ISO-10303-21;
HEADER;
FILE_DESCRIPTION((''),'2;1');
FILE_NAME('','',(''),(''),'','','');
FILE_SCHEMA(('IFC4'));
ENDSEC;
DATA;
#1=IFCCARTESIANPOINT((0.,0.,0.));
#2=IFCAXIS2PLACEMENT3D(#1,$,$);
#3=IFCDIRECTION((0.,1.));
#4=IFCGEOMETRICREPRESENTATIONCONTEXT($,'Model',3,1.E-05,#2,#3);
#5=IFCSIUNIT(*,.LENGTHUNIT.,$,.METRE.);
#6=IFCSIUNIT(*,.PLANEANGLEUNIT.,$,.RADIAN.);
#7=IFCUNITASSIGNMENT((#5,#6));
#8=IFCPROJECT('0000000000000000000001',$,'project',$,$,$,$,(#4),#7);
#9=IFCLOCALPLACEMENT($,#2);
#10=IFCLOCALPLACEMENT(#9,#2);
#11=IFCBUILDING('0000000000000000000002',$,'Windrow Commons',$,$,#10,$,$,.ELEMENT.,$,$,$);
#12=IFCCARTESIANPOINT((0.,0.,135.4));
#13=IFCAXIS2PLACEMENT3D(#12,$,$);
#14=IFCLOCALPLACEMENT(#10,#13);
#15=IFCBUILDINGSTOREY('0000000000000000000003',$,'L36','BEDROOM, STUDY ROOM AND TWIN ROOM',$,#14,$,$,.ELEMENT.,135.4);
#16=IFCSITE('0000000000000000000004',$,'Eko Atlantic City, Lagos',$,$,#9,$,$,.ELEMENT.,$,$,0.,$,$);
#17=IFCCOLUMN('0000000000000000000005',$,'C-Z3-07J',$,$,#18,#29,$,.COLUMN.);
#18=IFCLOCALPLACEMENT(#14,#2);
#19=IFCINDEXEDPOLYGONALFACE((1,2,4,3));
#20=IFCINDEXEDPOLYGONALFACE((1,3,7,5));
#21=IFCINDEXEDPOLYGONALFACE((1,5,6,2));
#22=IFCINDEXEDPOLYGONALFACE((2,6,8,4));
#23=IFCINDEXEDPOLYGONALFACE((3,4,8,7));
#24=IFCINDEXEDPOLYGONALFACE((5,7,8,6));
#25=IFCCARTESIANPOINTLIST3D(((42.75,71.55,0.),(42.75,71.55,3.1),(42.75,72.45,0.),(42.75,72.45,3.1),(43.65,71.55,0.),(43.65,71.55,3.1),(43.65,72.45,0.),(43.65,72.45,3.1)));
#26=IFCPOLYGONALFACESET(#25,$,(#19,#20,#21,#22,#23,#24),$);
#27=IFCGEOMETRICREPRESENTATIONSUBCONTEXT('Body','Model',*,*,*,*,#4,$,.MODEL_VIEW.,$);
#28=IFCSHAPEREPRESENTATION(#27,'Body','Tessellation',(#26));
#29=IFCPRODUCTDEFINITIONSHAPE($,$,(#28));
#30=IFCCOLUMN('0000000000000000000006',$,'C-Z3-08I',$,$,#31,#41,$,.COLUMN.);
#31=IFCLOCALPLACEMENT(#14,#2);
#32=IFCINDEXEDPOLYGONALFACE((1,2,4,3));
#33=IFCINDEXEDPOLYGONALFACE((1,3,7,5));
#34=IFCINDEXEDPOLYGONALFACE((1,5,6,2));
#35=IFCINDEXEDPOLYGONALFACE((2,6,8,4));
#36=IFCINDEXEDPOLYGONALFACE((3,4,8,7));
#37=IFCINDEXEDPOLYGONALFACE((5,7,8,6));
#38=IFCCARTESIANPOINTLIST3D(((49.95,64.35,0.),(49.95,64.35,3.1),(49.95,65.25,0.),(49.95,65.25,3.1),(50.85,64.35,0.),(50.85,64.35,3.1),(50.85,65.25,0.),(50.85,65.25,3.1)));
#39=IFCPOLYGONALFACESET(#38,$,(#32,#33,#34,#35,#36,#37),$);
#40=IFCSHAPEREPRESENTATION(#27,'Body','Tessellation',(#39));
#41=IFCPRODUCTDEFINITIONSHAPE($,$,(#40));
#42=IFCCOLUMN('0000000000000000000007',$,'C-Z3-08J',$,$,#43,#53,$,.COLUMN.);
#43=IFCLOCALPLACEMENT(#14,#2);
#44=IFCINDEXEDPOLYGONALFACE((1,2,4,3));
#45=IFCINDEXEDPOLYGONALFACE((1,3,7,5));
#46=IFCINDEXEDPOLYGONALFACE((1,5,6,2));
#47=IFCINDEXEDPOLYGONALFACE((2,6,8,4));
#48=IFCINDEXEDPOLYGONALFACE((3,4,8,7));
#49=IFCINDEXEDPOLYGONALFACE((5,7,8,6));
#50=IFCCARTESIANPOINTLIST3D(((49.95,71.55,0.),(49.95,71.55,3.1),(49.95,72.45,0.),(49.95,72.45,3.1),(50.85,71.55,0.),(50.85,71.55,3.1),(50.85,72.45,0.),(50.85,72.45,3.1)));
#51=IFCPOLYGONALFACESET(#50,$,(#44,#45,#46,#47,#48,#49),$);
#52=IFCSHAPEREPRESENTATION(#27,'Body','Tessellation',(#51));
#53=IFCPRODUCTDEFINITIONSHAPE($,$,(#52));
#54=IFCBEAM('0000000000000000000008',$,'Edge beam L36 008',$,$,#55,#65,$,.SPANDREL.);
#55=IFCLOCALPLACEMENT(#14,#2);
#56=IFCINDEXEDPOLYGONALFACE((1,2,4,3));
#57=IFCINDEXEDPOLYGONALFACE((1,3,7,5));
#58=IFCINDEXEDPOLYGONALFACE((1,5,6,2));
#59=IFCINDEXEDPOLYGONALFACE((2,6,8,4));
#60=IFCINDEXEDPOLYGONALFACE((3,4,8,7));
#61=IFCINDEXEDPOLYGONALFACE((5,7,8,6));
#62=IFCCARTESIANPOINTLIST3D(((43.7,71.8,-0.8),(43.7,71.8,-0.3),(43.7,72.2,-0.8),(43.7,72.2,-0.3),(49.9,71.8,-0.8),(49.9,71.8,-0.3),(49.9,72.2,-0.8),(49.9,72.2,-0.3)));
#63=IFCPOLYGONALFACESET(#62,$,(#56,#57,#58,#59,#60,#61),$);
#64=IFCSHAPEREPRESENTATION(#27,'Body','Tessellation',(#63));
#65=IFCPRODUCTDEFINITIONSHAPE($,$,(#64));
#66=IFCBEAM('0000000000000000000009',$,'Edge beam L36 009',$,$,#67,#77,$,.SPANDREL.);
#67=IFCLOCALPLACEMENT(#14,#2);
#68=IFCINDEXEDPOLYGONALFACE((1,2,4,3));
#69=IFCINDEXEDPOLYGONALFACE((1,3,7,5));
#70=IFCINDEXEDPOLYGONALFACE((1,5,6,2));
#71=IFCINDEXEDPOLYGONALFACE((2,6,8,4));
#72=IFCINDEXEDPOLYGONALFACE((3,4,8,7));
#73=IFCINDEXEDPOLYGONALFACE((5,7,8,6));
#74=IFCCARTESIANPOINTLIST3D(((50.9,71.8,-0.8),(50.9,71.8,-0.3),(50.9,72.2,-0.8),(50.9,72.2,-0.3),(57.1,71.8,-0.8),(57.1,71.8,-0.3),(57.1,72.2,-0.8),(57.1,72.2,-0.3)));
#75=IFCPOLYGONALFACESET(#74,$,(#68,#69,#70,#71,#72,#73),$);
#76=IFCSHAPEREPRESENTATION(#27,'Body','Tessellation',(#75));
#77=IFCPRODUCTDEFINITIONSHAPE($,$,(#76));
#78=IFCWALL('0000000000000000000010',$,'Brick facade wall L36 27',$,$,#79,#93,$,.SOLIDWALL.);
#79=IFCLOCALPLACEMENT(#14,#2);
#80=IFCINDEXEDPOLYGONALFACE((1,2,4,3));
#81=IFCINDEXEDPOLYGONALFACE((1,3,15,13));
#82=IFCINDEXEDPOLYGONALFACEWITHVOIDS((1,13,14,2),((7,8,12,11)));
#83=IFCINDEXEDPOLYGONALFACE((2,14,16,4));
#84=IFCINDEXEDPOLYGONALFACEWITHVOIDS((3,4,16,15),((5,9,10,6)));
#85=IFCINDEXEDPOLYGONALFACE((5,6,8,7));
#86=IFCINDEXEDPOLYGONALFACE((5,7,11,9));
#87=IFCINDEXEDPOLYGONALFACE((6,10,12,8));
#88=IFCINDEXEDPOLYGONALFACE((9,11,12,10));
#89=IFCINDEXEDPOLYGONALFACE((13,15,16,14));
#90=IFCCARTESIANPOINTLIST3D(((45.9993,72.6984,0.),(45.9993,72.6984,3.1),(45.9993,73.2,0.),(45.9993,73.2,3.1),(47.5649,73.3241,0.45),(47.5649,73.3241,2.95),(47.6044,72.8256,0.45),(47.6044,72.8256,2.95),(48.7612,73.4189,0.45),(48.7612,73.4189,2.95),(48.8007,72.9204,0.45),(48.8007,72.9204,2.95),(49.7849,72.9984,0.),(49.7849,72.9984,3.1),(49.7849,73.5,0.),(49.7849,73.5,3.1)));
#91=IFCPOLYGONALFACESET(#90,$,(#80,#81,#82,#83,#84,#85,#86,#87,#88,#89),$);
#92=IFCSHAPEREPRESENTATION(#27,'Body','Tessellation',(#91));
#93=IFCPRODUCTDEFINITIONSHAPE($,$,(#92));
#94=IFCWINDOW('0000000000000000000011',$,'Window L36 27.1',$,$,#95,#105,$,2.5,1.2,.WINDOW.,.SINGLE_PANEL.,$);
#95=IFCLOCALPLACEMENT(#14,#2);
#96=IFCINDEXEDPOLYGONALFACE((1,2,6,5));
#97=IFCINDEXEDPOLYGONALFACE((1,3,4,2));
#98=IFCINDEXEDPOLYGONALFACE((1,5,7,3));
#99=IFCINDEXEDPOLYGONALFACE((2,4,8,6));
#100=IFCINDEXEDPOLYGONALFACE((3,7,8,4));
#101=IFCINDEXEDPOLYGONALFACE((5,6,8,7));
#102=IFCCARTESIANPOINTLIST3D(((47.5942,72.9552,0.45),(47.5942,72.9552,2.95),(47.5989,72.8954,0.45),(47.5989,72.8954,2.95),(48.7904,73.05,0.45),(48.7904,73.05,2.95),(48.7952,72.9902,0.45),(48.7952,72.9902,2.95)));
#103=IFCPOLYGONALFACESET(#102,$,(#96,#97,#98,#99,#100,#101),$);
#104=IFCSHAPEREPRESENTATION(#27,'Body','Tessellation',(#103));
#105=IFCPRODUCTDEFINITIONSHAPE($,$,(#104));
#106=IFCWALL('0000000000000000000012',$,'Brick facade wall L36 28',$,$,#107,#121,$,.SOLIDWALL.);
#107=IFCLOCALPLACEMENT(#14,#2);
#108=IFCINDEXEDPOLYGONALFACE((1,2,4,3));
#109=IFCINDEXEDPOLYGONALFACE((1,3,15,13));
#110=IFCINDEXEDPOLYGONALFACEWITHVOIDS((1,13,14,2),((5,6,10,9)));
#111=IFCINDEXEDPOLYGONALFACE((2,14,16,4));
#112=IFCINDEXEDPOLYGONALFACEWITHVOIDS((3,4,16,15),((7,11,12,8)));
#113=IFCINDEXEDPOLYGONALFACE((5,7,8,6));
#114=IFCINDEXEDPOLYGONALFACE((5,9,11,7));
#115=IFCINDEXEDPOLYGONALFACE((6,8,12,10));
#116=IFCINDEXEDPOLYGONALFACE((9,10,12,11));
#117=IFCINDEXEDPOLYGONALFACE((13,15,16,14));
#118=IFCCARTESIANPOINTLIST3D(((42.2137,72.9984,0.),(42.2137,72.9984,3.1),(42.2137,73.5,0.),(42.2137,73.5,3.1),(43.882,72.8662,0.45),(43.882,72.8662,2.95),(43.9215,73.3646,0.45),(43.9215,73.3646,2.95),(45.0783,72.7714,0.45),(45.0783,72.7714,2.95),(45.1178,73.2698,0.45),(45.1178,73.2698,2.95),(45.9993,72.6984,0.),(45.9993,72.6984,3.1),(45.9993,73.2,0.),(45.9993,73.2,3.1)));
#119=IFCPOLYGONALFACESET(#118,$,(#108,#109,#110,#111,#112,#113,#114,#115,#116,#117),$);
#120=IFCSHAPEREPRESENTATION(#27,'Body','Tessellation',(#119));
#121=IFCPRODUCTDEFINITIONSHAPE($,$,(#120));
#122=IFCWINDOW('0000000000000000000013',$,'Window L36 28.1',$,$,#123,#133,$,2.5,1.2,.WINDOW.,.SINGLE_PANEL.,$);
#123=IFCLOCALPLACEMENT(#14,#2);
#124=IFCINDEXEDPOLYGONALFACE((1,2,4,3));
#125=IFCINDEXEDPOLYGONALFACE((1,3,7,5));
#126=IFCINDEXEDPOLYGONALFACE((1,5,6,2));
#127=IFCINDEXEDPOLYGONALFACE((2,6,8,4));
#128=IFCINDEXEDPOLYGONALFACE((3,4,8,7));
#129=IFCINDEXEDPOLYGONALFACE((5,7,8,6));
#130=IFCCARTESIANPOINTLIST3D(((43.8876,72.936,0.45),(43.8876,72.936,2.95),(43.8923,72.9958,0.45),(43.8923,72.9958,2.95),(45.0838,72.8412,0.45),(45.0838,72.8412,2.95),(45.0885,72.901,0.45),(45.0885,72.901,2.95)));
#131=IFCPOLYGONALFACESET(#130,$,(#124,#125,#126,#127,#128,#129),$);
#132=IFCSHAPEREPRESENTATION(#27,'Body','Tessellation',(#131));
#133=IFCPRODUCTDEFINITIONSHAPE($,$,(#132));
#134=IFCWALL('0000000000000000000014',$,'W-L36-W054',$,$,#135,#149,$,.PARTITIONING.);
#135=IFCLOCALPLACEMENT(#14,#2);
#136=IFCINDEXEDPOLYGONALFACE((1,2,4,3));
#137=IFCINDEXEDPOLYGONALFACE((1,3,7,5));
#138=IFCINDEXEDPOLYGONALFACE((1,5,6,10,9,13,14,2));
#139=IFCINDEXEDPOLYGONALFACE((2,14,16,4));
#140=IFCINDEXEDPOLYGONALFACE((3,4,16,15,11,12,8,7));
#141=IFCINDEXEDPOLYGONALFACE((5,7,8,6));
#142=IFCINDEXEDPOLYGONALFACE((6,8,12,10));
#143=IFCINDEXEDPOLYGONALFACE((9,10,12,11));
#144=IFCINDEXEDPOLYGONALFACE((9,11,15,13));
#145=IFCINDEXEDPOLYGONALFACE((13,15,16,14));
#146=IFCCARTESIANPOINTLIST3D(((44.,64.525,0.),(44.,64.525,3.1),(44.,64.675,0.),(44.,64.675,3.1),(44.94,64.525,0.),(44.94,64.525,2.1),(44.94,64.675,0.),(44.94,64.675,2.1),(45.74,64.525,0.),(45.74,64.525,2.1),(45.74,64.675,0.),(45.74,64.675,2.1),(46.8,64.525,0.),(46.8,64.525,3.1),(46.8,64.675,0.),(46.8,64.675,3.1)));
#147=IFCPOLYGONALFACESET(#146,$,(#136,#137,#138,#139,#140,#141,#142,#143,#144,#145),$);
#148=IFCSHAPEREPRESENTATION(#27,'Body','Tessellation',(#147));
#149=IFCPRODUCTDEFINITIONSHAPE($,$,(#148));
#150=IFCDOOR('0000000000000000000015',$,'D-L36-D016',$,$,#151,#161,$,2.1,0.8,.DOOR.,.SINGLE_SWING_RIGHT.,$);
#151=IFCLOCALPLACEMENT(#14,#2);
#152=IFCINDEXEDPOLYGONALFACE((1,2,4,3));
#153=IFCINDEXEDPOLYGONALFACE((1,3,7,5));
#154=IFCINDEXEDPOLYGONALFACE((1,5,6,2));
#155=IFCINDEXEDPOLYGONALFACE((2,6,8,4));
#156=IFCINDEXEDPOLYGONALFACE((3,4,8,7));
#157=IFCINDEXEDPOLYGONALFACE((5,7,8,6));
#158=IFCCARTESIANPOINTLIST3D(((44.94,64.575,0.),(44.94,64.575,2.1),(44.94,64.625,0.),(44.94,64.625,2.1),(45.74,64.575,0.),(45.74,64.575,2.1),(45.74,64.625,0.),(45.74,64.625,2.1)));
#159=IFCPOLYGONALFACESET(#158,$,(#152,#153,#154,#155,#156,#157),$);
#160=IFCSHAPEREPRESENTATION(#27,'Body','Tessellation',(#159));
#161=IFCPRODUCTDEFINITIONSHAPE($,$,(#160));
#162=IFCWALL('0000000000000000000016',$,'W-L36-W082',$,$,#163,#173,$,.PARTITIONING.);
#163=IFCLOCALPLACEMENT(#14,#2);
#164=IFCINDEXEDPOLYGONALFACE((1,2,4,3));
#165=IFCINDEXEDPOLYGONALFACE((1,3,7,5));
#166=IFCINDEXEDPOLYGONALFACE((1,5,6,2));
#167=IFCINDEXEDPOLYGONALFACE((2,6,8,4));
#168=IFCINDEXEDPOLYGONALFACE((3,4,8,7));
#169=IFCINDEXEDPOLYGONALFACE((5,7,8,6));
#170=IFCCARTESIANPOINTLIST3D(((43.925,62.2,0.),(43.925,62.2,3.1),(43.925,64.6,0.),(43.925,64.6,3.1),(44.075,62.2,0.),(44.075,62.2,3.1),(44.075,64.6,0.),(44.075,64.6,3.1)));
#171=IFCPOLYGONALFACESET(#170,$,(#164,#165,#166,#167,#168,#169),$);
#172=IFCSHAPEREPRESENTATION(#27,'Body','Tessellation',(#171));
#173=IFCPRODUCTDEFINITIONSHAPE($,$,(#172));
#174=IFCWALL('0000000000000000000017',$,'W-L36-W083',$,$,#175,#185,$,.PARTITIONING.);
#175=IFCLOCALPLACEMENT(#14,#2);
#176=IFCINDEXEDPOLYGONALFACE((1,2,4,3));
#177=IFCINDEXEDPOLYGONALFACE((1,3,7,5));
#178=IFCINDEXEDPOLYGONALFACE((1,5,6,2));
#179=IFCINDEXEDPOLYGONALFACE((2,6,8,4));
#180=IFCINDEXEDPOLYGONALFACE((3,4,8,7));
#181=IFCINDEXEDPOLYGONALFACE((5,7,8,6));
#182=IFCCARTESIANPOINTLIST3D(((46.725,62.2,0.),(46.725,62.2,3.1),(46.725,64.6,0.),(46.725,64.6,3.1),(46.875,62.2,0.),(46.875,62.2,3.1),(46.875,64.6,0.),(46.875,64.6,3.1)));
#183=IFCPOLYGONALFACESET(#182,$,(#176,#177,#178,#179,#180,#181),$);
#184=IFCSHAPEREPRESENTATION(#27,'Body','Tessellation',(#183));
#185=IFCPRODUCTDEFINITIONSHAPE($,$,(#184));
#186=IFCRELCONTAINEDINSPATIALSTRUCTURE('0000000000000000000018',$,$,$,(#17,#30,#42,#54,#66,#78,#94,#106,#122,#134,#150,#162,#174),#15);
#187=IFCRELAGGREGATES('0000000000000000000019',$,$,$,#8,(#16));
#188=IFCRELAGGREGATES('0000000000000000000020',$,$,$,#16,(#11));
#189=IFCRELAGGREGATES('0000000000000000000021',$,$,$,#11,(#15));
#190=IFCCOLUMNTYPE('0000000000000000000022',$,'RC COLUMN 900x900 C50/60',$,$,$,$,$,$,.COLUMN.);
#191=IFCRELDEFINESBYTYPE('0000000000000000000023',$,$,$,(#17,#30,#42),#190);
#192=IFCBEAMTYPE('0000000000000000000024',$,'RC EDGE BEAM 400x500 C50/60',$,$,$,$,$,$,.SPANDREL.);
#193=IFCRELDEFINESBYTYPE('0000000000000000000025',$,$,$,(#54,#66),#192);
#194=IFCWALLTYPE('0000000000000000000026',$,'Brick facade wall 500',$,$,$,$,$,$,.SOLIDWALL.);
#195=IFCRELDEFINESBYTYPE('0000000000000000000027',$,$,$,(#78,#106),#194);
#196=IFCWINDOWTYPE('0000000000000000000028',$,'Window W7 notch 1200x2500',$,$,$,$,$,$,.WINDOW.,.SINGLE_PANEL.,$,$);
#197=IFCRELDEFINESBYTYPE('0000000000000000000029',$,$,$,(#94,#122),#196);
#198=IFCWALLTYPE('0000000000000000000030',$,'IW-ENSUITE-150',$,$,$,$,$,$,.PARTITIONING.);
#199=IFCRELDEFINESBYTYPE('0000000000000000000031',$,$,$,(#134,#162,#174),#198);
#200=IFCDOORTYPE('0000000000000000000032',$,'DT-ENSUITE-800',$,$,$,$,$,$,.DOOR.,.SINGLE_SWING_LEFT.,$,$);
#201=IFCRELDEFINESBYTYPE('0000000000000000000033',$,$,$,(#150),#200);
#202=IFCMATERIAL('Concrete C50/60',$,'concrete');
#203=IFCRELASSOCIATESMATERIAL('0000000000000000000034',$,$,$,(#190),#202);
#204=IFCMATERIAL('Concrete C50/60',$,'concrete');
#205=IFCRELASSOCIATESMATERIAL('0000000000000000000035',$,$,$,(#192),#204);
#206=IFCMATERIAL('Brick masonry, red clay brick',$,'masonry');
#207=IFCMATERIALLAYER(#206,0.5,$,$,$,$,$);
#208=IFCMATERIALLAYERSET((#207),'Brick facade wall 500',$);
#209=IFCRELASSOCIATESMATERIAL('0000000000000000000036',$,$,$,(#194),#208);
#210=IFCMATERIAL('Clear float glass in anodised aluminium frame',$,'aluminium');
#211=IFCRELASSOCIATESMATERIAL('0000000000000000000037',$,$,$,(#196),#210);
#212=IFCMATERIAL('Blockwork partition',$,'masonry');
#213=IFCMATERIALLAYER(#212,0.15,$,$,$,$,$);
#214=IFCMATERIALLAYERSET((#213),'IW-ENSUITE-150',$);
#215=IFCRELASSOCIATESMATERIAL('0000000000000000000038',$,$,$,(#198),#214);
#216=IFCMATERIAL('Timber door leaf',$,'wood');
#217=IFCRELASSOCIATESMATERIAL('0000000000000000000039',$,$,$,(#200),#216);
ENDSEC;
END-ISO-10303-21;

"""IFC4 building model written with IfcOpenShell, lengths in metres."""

from ifc_helpers import new_model, si_unit, direction, frame, frame_2d, origin, origin_2d, place, context, subcontext, project, spatial, polyline, rectangle, outline, extrude, material, layer, layer_set, material_profile, profile_set, type_object, element, fill, save


model = new_model("IFC4")

# Units and contexts
model_context = context("Model", 3, precision=1e-05, world=origin(), true_north=direction((0.0, 1.0)))
body_context = subcontext(model_context, "Body", "Model", "MODEL_VIEW")
ifc_project = project(units=[si_unit("LENGTHUNIT", "METRE"), si_unit("PLANEANGLEUNIT", "RADIAN")], contexts=[model_context])

# Site, building, storey
site_placement = place(None, origin())
site = spatial("IfcSite", under=ifc_project, at=site_placement, Name="Eko Atlantic City, Lagos", CompositionType="ELEMENT", RefElevation=0.0)
building_placement = place(site_placement, origin())
building = spatial("IfcBuilding", under=site, at=building_placement, Name="Windrow Commons", CompositionType="ELEMENT")
storey_placement = place(building_placement, frame((0.0, 0.0, 135.4)))
storey = spatial("IfcBuildingStorey", under=building, at=storey_placement, Name="L36", Description="BEDROOM, STUDY ROOM AND TWIN ROOM", CompositionType="ELEMENT", Elevation=135.4)

# Columns
ifc_material_1 = material(Name="Concrete C50/60", Category="concrete")
ifc_material_profile_1 = material_profile(ifc_material_1, rectangle(XDim=0.9, YDim=0.9, at=origin_2d()))
ifc_profile_set_1 = profile_set([ifc_material_profile_1], Name="Concrete C50/60")
column_type = type_object("IfcColumnType", Name="RC COLUMN 900x900 C50/60", PredefinedType="COLUMN", material=ifc_profile_set_1)
for number, where, z_axis, x_axis, name in (
    (1, (43.2, 72.0, 0.0), (0.0, 0.0, 1.0), (1.0, 0.0, 0.0), "C-Z3-07J"),
    (2, (50.4, 64.8, 0.0), (0.0, 0.0, 1.0), (1.0, 0.0, 0.0), "C-Z3-08I"),
    (3, (50.4, 72.0, 0.0), (0.0, 0.0, 1.0), (1.0, 0.0, 0.0), "C-Z3-08J"),
):
    element("IfcColumn", number, at=place(storey_placement, frame(where, z_axis=z_axis, x_axis=x_axis)), inside=storey, type_object=column_type, Name=name, PredefinedType="COLUMN", context=body_context, shape_type="SweptSolid", body=[
        extrude(rectangle(XDim=0.9, YDim=0.9, at=origin_2d()), origin(), (0.0, 0.0, 1.0), 3.1),
    ])

# Beams
ifc_material_2 = material(Name="Concrete C50/60", Category="concrete")
ifc_material_profile_2 = material_profile(ifc_material_2, rectangle(XDim=0.4, YDim=0.5, at=origin_2d()))
ifc_profile_set_2 = profile_set([ifc_material_profile_2], Name="Concrete C50/60")
beam_type = type_object("IfcBeamType", Name="RC EDGE BEAM 400x500 C50/60", PredefinedType="SPANDREL", material=ifc_profile_set_2)
for number, where, z_axis, x_axis, name in (
    (4, (43.7, 72.0, -0.55), (1.0, 0.0, 0.0), (0.0, 1.0, 0.0), "Edge beam L36 008"),
    (5, (50.9, 72.0, -0.55), (1.0, 0.0, 0.0), (0.0, 1.0, 0.0), "Edge beam L36 009"),
):
    element("IfcBeam", number, at=place(storey_placement, frame(where, z_axis=z_axis, x_axis=x_axis)), inside=storey, type_object=beam_type, Name=name, PredefinedType="SPANDREL", context=body_context, shape_type="SweptSolid", body=[
        extrude(rectangle(XDim=0.4, YDim=0.5, at=origin_2d()), origin(), (0.0, 0.0, 1.0), 6.2),
    ])

# Walls, openings, windows
ifc_material_3 = material(Name="Brick masonry, red clay brick", Category="masonry")
ifc_layer_1 = layer(ifc_material_3, 0.5)
ifc_layer_set_1 = layer_set([ifc_layer_1], Name="Brick facade wall 500")
wall_type_1 = type_object("IfcWallType", Name="Brick facade wall 500", PredefinedType="SOLIDWALL", material=ifc_layer_set_1)
wall_1_placement = place(storey_placement, frame((49.7849, 73.2492, 0.0), z_axis=(0.0, 0.0, 1.0), x_axis=(-0.996875, -0.079, 0.0)))
wall_1 = element("IfcWall", 6, at=wall_1_placement, inside=storey, type_object=wall_type_1, Name="Brick facade wall L36 27", PredefinedType="SOLIDWALL", context=body_context, shape_type="SweptSolid", body=[
    extrude(outline(polyline([(-0.0198, -0.25), (3.7777, -0.25), (3.8173, 0.25), (0.0198, 0.25), (-0.0198, -0.25)])), origin(), (0.0, 0.0, 1.0), 3.1),
])
opening_1_placement = place(wall_1_placement, frame((1.0071, 0.0, 0.45)))
opening_1 = element("IfcOpeningElement", 7, at=opening_1_placement, cuts=wall_1, PredefinedType="OPENING", context=body_context, shape_type="SweptSolid", body=[
    extrude(rectangle(XDim=1.2, YDim=2.5, at=frame_2d((0.6, 1.25))), frame((0.0, 0.26, 0.0), z_axis=(0.0, -1.0, 0.0), x_axis=(1.0, 0.0, 0.0)), (0.0, 0.0, 1.0), 0.52),
])
ifc_material_4 = material(Name="Clear float glass in anodised aluminium frame", Category="aluminium")
window_type = type_object("IfcWindowType", Name="Window W7 notch 1200x2500", PartitioningType="SINGLE_PANEL", PredefinedType="WINDOW", material=ifc_material_4)
window_1_placement = place(opening_1_placement, origin())
window_1 = element("IfcWindow", 8, at=window_1_placement, inside=storey, type_object=window_type, Name="Window L36 27.1", OverallHeight=2.5, OverallWidth=1.2, PartitioningType="SINGLE_PANEL", PredefinedType="WINDOW", context=body_context, shape_type="SweptSolid", body=[
    extrude(rectangle(XDim=1.2, YDim=2.5, at=frame_2d((0.6, 1.25))), frame((0.0, 0.18, 0.0), z_axis=(0.0, -1.0, 0.0), x_axis=(1.0, 0.0, 0.0)), (0.0, 0.0, 1.0), 0.06),
])
fill(opening_1, window_1)
wall_2_placement = place(storey_placement, frame((45.9993, 72.9492, 0.0), z_axis=(0.0, 0.0, 1.0), x_axis=(-0.996875, 0.079, 0.0)))
wall_2 = element("IfcWall", 9, at=wall_2_placement, inside=storey, type_object=wall_type_1, Name="Brick facade wall L36 28", PredefinedType="SOLIDWALL", context=body_context, shape_type="SweptSolid", body=[
    extrude(outline(polyline([(0.0198, -0.25), (3.8173, -0.25), (3.7777, 0.25), (-0.0198, 0.25), (0.0198, -0.25)])), origin(), (0.0, 0.0, 1.0), 3.1),
])
opening_2_placement = place(wall_2_placement, frame((0.9041, 0.0, 0.45)))
opening_2 = element("IfcOpeningElement", 10, at=opening_2_placement, cuts=wall_2, PredefinedType="OPENING", context=body_context, shape_type="SweptSolid", body=[
    extrude(rectangle(XDim=1.2, YDim=2.5, at=frame_2d((0.6, 1.25))), frame((0.0, 0.26, 0.0), z_axis=(0.0, -1.0, 0.0), x_axis=(1.0, 0.0, 0.0)), (0.0, 0.0, 1.0), 0.52),
])
window_2_placement = place(opening_2_placement, origin())
window_2 = element("IfcWindow", 11, at=window_2_placement, inside=storey, type_object=window_type, Name="Window L36 28.1", OverallHeight=2.5, OverallWidth=1.2, PartitioningType="SINGLE_PANEL", PredefinedType="WINDOW", context=body_context, shape_type="SweptSolid", body=[
    extrude(rectangle(XDim=1.2, YDim=2.5, at=frame_2d((0.6, 1.25))), frame((0.0, 0.18, 0.0), z_axis=(0.0, -1.0, 0.0), x_axis=(1.0, 0.0, 0.0)), (0.0, 0.0, 1.0), 0.06),
])
fill(opening_2, window_2)

# Wall, opening, door
ifc_material_5 = material(Name="Blockwork partition", Category="masonry")
ifc_layer_2 = layer(ifc_material_5, 0.15)
ifc_layer_set_2 = layer_set([ifc_layer_2], Name="IW-ENSUITE-150")
wall_type_2 = type_object("IfcWallType", Name="IW-ENSUITE-150", PredefinedType="PARTITIONING", material=ifc_layer_set_2)
wall_3_placement = place(storey_placement, frame((44.0, 64.6, 0.0), z_axis=(0.0, 0.0, 1.0), x_axis=(1.0, 0.0, 0.0)))
wall_3 = element("IfcWall", 12, at=wall_3_placement, inside=storey, type_object=wall_type_2, Name="W-L36-W054", PredefinedType="PARTITIONING", context=body_context, shape_type="SweptSolid", body=[
    extrude(rectangle(XDim=2.8, YDim=0.15, at=frame_2d((1.4, 0.0))), origin(), (0.0, 0.0, 1.0), 3.1),
])
opening_3_placement = place(wall_3_placement, frame((0.94, 0.0, 0.0)))
opening_3 = element("IfcOpeningElement", 13, at=opening_3_placement, cuts=wall_3, PredefinedType="OPENING", context=body_context, shape_type="SweptSolid", body=[
    extrude(rectangle(XDim=0.8, YDim=2.1, at=frame_2d((0.4, 1.05))), frame((0.0, 0.085, 0.0), z_axis=(0.0, -1.0, 0.0), x_axis=(1.0, 0.0, 0.0)), (0.0, 0.0, 1.0), 0.17),
])
ifc_material_6 = material(Name="Timber door leaf", Category="wood")
door_type = type_object("IfcDoorType", Name="DT-ENSUITE-800", OperationType="SINGLE_SWING_LEFT", PredefinedType="DOOR", material=ifc_material_6)
door_placement = place(opening_3_placement, origin())
door = element("IfcDoor", 14, at=door_placement, inside=storey, type_object=door_type, Name="D-L36-D016", OperationType="SINGLE_SWING_RIGHT", OverallHeight=2.1, OverallWidth=0.8, PredefinedType="DOOR", context=body_context, shape_type="SweptSolid", body=[
    extrude(rectangle(XDim=0.8, YDim=2.1, at=frame_2d((0.4, 1.05))), frame((0.0, 0.025, 0.0), z_axis=(0.0, -1.0, 0.0), x_axis=(1.0, 0.0, 0.0)), (0.0, 0.0, 1.0), 0.05),
])
fill(opening_3, door)

# Walls
for number, where, z_axis, x_axis, name in (
    (15, (44.0, 62.2, 0.0), (0.0, 0.0, 1.0), (0.0, 1.0, 0.0), "W-L36-W082"),
    (16, (46.8, 62.2, 0.0), (0.0, 0.0, 1.0), (0.0, 1.0, 0.0), "W-L36-W083"),
):
    element("IfcWall", number, at=place(storey_placement, frame(where, z_axis=z_axis, x_axis=x_axis)), inside=storey, type_object=wall_type_2, Name=name, PredefinedType="PARTITIONING", context=body_context, shape_type="SweptSolid", body=[
        extrude(rectangle(XDim=2.4, YDim=0.15, at=frame_2d((1.2, 0.0))), origin(), (0.0, 0.0, 1.0), 3.1),
    ])

save(model, "model.ifc")
